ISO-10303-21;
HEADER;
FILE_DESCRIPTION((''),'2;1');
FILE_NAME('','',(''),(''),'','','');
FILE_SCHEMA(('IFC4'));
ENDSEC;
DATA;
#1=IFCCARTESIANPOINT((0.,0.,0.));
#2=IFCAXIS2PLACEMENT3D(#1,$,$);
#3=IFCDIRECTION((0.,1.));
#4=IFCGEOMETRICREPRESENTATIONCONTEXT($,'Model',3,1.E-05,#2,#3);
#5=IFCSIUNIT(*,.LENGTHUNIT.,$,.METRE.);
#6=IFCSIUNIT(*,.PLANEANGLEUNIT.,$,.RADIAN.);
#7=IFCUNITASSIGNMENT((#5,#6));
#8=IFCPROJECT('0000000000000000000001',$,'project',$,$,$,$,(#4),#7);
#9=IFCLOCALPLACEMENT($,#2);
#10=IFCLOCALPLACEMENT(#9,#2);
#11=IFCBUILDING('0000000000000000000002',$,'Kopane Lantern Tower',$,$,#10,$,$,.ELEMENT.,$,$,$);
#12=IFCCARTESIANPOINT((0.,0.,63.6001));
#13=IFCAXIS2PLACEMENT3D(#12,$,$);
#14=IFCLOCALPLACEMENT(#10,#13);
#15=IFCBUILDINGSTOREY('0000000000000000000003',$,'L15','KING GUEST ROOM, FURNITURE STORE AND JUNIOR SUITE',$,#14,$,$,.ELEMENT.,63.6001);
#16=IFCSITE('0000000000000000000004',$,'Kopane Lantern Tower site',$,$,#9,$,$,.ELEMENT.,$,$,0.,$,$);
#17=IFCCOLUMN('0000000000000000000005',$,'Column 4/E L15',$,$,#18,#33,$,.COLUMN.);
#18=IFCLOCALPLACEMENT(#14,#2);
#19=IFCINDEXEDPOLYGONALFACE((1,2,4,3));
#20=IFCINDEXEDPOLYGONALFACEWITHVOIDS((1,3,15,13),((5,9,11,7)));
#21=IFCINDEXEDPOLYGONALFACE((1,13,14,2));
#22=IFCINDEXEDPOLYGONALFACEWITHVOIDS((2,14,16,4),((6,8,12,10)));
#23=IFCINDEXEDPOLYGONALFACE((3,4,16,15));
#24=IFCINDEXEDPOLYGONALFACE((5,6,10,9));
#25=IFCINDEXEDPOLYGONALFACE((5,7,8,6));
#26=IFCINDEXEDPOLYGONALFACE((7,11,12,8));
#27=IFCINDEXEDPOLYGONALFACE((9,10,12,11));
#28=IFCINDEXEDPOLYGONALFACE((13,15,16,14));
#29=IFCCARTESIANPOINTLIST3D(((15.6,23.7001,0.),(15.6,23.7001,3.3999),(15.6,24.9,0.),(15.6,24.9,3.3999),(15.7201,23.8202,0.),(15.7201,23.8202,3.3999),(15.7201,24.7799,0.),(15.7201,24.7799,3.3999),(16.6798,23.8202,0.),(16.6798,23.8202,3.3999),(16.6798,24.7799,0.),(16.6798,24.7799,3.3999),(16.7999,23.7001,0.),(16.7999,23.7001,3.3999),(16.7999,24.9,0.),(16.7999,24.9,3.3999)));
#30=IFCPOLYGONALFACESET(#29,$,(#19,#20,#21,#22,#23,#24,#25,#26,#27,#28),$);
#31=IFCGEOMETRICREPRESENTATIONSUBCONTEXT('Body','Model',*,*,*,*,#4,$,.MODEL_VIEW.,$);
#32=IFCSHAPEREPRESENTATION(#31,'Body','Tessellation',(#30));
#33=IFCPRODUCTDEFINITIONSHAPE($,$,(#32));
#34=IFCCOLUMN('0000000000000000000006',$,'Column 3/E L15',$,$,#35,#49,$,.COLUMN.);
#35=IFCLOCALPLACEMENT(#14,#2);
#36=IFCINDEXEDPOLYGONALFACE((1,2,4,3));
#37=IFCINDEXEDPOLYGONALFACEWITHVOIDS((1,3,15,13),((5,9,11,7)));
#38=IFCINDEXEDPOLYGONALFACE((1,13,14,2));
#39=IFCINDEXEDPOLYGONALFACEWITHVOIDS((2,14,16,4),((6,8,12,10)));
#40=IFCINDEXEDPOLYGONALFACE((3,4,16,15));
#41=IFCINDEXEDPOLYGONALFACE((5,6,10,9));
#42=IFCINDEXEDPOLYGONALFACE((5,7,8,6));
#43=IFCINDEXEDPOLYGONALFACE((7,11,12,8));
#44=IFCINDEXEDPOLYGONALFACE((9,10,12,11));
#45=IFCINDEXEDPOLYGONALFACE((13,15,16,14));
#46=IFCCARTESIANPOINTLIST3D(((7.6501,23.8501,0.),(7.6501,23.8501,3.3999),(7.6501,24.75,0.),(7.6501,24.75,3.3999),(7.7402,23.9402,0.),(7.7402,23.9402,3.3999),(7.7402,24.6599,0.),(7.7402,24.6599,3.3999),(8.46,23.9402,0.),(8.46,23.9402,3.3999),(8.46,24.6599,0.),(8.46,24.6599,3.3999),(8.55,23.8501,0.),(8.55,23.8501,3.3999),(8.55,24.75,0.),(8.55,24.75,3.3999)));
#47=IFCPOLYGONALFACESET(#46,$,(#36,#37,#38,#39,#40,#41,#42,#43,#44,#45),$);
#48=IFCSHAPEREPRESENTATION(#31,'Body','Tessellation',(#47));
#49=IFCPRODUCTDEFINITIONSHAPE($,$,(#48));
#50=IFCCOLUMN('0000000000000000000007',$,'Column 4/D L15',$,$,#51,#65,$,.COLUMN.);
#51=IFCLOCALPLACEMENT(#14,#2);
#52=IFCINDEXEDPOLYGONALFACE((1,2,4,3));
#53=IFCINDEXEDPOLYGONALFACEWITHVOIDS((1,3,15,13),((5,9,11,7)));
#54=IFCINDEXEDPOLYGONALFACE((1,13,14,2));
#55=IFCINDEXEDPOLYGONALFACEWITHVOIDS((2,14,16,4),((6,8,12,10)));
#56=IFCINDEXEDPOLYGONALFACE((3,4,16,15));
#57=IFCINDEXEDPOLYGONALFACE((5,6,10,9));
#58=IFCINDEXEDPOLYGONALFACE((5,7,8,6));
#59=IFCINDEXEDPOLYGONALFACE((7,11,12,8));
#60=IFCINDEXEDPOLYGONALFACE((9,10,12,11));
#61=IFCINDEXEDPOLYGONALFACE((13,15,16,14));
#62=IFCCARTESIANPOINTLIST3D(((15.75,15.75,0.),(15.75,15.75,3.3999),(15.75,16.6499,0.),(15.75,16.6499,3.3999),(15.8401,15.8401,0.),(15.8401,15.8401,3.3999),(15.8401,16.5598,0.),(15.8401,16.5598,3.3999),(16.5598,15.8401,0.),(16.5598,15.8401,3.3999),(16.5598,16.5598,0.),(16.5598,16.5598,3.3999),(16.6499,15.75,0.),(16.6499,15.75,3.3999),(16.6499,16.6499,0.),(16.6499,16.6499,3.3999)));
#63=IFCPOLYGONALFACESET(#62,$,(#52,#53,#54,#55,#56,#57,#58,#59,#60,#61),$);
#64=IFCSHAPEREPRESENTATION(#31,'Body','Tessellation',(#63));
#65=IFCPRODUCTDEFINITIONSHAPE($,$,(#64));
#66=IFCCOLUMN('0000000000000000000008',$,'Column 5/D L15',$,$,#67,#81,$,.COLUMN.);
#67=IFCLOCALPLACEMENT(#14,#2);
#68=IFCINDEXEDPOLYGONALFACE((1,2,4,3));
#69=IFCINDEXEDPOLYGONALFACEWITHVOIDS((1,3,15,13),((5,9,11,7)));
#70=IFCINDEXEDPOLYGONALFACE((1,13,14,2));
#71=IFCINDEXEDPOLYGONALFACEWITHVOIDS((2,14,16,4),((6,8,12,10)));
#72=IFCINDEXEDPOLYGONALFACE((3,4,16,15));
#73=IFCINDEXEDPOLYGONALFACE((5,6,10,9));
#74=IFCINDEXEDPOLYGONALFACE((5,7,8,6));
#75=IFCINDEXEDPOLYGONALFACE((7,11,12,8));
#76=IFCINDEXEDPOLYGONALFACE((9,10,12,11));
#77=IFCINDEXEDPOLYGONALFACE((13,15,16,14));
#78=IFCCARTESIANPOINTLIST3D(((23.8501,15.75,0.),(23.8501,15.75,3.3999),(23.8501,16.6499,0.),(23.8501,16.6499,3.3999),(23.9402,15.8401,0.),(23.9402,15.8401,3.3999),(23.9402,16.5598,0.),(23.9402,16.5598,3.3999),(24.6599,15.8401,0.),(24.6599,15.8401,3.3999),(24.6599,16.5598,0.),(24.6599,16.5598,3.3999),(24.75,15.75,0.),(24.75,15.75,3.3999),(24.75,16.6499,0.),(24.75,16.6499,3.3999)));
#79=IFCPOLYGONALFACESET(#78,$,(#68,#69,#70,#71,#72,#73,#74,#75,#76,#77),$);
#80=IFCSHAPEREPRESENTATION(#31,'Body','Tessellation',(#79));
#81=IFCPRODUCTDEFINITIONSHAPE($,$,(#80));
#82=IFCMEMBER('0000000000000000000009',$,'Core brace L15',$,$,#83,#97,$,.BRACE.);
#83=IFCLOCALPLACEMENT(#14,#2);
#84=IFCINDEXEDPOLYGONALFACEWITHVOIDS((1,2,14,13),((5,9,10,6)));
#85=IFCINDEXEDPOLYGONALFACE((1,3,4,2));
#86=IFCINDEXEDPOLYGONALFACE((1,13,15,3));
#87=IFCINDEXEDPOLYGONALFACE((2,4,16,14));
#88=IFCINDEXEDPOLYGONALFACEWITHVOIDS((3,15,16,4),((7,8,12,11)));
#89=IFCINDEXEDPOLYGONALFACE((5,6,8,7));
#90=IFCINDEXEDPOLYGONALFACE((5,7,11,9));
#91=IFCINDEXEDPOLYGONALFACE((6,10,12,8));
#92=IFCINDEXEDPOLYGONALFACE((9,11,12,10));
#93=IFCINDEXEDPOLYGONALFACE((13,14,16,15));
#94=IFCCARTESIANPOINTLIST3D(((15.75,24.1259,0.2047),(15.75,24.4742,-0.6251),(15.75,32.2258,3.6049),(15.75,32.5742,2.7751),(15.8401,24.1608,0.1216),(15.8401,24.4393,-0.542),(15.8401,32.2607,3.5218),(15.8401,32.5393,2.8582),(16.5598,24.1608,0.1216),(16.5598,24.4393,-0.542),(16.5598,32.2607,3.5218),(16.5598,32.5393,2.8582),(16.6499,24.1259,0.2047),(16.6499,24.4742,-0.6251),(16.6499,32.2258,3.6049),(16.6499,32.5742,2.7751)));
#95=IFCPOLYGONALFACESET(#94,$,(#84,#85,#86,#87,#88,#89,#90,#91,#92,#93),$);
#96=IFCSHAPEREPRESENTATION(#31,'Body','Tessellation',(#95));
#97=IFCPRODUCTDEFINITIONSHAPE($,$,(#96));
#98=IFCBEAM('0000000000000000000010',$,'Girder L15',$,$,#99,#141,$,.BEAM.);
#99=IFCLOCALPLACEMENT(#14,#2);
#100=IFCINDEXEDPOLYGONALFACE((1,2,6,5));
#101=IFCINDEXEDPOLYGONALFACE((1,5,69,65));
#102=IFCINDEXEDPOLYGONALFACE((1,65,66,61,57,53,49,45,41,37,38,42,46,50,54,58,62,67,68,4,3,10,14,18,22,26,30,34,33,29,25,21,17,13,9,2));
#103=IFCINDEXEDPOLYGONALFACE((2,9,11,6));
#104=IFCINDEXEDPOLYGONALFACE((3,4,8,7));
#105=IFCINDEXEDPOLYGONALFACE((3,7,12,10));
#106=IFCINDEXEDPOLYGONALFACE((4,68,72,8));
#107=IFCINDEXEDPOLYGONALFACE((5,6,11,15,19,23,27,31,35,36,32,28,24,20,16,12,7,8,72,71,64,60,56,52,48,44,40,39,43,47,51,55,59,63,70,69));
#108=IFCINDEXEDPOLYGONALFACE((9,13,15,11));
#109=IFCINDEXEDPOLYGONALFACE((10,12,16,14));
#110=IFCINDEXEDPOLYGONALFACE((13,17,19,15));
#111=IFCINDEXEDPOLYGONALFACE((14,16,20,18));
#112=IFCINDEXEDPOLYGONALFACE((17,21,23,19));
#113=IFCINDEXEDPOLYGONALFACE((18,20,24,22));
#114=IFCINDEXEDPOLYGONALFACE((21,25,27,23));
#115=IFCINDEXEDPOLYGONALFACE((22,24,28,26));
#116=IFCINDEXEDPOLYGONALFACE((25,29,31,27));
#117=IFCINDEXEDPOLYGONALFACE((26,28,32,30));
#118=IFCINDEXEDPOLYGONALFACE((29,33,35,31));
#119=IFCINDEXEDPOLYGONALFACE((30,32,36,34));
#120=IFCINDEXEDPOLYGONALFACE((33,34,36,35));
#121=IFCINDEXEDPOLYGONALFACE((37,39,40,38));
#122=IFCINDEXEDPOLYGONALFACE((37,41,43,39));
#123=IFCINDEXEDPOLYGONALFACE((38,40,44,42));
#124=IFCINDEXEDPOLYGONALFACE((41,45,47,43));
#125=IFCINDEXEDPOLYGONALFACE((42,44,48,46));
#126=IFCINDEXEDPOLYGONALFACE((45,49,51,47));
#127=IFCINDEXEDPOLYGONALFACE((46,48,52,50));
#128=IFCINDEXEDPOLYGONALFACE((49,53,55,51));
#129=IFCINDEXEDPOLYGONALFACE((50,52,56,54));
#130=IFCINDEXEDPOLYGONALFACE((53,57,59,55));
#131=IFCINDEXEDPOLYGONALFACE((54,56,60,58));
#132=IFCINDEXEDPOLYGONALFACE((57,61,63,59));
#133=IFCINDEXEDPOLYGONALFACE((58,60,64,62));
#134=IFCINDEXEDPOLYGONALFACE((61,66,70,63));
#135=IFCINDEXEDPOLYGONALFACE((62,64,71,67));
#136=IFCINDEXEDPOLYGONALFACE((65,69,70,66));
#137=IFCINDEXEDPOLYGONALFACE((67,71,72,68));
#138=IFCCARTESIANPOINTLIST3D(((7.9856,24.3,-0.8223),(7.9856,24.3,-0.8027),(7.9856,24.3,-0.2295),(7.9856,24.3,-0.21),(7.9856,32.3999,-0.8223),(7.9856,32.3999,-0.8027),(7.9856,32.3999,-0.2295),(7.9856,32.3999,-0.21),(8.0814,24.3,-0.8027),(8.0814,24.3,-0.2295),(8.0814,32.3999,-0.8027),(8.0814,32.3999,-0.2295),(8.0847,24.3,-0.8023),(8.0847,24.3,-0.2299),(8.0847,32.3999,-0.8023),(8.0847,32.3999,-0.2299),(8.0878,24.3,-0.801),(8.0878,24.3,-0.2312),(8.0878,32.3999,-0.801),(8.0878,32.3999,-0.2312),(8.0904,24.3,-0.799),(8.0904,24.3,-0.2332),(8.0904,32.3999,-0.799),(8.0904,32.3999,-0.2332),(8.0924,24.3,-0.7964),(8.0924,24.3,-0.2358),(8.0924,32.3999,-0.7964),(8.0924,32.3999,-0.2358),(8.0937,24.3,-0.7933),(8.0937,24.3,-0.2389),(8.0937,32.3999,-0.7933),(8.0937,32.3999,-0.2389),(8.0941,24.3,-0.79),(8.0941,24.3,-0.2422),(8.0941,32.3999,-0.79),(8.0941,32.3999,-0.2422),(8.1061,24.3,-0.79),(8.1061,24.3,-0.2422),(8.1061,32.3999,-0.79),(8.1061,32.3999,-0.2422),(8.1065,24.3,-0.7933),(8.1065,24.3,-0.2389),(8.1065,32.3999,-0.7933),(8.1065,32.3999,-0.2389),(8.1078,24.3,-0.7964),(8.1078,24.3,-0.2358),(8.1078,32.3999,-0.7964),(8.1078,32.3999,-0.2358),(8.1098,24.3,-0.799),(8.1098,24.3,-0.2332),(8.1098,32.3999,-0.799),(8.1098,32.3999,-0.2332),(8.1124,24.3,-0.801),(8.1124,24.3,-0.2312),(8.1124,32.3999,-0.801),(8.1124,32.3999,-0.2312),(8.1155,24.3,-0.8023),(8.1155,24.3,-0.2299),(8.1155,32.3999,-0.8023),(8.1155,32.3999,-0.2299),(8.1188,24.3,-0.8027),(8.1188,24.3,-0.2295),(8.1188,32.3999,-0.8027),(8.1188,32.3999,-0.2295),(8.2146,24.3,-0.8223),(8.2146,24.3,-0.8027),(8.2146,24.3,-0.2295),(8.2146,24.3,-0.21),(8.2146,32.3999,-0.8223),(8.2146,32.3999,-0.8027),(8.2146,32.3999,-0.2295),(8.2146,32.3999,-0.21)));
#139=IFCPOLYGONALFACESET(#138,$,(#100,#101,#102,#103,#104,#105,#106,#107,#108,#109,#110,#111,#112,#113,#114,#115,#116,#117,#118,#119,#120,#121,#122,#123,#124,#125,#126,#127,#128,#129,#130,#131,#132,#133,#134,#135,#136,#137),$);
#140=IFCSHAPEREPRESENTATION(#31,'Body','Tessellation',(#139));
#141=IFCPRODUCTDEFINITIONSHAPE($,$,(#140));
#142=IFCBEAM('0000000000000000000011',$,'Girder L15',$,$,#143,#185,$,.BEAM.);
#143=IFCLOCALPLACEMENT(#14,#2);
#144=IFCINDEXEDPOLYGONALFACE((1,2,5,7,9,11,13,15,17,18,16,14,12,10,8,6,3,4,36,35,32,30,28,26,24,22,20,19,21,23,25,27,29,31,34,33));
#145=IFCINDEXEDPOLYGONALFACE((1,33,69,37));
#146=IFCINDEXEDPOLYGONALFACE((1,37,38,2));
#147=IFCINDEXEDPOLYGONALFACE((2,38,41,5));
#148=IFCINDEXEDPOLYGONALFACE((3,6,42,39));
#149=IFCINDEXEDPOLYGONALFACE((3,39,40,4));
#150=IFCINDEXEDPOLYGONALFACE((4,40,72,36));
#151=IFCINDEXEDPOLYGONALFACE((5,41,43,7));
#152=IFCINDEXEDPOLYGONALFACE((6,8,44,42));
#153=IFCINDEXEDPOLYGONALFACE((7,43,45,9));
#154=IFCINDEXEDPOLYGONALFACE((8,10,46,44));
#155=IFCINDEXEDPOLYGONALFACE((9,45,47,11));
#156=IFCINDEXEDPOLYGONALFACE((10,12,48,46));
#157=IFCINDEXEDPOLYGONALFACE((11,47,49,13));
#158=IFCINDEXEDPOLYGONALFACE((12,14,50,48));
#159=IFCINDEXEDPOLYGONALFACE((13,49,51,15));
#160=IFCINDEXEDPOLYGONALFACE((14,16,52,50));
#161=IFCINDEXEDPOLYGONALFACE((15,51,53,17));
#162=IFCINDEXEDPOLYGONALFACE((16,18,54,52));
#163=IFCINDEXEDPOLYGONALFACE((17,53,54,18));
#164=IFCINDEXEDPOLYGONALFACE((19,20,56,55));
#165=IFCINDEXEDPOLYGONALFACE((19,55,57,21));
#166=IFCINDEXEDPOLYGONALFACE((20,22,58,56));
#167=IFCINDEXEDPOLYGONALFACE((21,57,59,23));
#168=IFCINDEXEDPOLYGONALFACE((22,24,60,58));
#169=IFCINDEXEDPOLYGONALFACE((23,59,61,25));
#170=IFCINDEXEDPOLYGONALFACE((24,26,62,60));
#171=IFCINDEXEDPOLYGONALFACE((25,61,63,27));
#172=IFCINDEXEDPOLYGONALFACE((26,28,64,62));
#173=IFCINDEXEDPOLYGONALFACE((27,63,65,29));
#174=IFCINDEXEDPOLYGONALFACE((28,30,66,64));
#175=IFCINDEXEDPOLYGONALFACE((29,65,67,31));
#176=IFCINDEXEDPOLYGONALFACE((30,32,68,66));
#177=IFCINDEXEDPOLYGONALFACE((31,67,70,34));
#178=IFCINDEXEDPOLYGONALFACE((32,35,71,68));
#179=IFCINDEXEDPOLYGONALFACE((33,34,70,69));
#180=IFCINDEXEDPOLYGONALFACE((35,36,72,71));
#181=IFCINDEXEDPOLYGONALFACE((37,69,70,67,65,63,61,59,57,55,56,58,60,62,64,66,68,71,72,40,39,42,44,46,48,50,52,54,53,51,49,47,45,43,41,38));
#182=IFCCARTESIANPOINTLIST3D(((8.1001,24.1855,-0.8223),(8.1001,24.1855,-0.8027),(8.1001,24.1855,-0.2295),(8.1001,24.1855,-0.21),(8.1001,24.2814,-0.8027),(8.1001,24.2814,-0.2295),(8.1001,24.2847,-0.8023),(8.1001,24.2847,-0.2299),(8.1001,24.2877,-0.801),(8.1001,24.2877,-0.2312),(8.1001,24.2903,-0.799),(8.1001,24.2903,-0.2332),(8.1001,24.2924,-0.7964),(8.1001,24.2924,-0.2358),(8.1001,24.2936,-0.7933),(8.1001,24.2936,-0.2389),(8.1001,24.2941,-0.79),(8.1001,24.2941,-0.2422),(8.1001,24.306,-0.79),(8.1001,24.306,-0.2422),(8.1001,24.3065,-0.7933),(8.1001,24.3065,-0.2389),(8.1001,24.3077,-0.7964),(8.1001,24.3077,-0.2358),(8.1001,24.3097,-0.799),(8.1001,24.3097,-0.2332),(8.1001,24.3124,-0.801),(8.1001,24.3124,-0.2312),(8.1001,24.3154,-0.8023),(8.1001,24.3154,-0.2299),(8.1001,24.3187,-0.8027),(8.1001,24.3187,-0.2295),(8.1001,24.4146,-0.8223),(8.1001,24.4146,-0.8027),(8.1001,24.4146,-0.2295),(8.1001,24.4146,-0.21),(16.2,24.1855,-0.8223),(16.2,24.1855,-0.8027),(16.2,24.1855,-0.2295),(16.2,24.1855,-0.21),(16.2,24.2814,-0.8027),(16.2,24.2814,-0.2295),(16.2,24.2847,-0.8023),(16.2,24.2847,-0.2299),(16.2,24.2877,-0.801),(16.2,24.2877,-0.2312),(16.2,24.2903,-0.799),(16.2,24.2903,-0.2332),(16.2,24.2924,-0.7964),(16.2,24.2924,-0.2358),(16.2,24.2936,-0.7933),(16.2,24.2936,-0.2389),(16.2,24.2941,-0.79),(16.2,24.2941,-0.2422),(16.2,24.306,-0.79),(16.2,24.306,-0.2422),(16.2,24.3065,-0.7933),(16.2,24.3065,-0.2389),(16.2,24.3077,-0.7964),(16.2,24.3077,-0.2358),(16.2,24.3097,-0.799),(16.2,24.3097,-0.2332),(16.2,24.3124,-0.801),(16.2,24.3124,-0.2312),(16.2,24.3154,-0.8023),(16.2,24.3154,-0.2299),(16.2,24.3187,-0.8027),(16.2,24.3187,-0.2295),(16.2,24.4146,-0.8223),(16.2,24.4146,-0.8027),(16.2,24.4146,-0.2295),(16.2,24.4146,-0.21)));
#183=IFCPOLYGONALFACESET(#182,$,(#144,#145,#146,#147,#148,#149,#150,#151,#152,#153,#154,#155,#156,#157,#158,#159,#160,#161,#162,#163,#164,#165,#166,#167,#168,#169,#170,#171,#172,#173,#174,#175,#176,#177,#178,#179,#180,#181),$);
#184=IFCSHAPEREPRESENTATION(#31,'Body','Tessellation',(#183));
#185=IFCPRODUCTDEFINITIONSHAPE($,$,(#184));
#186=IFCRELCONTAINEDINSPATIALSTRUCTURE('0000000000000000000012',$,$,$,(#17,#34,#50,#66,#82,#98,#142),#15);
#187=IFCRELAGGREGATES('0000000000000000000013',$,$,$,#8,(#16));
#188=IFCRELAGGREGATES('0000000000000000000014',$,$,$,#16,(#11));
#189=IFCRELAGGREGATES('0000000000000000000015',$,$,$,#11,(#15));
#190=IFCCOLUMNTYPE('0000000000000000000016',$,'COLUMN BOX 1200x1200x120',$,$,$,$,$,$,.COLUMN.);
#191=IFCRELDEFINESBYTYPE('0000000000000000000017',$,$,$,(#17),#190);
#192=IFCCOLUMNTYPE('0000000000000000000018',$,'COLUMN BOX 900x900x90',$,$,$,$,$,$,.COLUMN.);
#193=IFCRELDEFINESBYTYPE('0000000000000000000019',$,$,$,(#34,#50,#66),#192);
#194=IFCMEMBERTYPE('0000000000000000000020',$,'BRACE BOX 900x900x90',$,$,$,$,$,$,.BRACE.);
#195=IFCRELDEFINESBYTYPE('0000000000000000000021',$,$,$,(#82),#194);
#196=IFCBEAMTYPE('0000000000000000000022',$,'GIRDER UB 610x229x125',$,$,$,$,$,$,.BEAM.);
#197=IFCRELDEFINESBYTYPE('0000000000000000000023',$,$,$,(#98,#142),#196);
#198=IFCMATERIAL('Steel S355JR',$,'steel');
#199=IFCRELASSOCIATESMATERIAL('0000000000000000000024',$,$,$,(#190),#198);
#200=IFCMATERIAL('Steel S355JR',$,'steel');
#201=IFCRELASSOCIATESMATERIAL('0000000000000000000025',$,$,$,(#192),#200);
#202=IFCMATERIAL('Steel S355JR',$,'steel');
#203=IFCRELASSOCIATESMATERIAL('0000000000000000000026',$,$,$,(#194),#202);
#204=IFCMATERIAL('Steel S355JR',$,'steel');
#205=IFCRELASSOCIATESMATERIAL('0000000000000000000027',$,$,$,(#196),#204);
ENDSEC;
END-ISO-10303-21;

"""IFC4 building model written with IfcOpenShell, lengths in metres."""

from ifc_helpers import new_model, si_unit, direction, frame, origin, origin_2d, place, context, subcontext, project, spatial, hollow_rectangle, i_section, extrude, material, material_profile, profile_set, type_object, element, save


model = new_model("IFC4")

# Units and contexts
model_context = context("Model", 3, precision=1e-05, world=origin(), true_north=direction((0.0, 1.0)))
body_context = subcontext(model_context, "Body", "Model", "MODEL_VIEW")
ifc_project = project(units=[si_unit("LENGTHUNIT", "METRE"), si_unit("PLANEANGLEUNIT", "RADIAN")], contexts=[model_context])

# Site, building, storey
site_placement = place(None, origin())
site = spatial("IfcSite", under=ifc_project, at=site_placement, Name="Kopane Lantern Tower site", CompositionType="ELEMENT", RefElevation=0.0)
building_placement = place(site_placement, origin())
building = spatial("IfcBuilding", under=site, at=building_placement, Name="Kopane Lantern Tower", CompositionType="ELEMENT")
storey_placement = place(building_placement, frame((0.0, 0.0, 63.6001)))
storey = spatial("IfcBuildingStorey", under=building, at=storey_placement, Name="L15", Description="KING GUEST ROOM, FURNITURE STORE AND JUNIOR SUITE", CompositionType="ELEMENT", Elevation=63.6001)

# Columns
ifc_material_1 = material(Name="Steel S355JR", Category="steel")
ifc_material_profile_1 = material_profile(ifc_material_1, hollow_rectangle(XDim=1.2, YDim=1.2, WallThickness=0.1201, at=origin_2d()), Name="BOX 1200x1200x120")
ifc_profile_set_1 = profile_set([ifc_material_profile_1], Name="Steel S355JR")
column_type_1 = type_object("IfcColumnType", Name="COLUMN BOX 1200x1200x120", PredefinedType="COLUMN", material=ifc_profile_set_1)
column_placement = place(storey_placement, frame((16.2, 24.3, 0.0), z_axis=(0.0, 0.0, 1.0), x_axis=(1.0, 0.0, 0.0)))
element("IfcColumn", 1, at=column_placement, inside=storey, type_object=column_type_1, Name="Column 4/E L15", PredefinedType="COLUMN", context=body_context, shape_type="SweptSolid", body=[
    extrude(hollow_rectangle(XDim=1.2, YDim=1.2, WallThickness=0.1201, at=origin_2d()), origin(), (0.0, 0.0, 1.0), 3.3999),
])
ifc_material_2 = material(Name="Steel S355JR", Category="steel")
ifc_material_profile_2 = material_profile(ifc_material_2, hollow_rectangle(XDim=0.8999, YDim=0.8999, WallThickness=0.0901, at=origin_2d()), Name="BOX 900x900x90")
ifc_profile_set_2 = profile_set([ifc_material_profile_2], Name="Steel S355JR")
column_type_2 = type_object("IfcColumnType", Name="COLUMN BOX 900x900x90", PredefinedType="COLUMN", material=ifc_profile_set_2)
for number, where, z_axis, x_axis, name in (
    (2, (8.1001, 24.3, 0.0), (0.0, 0.0, 1.0), (1.0, 0.0, 0.0), "Column 3/E L15"),
    (3, (16.2, 16.2, 0.0), (0.0, 0.0, 1.0), (1.0, 0.0, 0.0), "Column 4/D L15"),
    (4, (24.3, 16.2, 0.0), (0.0, 0.0, 1.0), (1.0, 0.0, 0.0), "Column 5/D L15"),
):
    element("IfcColumn", number, at=place(storey_placement, frame(where, z_axis=z_axis, x_axis=x_axis)), inside=storey, type_object=column_type_2, Name=name, PredefinedType="COLUMN", context=body_context, shape_type="SweptSolid", body=[
        extrude(hollow_rectangle(XDim=0.8999, YDim=0.8999, WallThickness=0.0901, at=origin_2d()), origin(), (0.0, 0.0, 1.0), 3.3999),
    ])

# Member
ifc_material_3 = material(Name="Steel S355JR", Category="steel")
ifc_material_profile_3 = material_profile(ifc_material_3, hollow_rectangle(XDim=0.8999, YDim=0.8999, WallThickness=0.0901, at=origin_2d()), Name="BOX 900x900x90")
ifc_profile_set_3 = profile_set([ifc_material_profile_3], Name="Steel S355JR")
member_type = type_object("IfcMemberType", Name="BRACE BOX 900x900x90", PredefinedType="BRACE", material=ifc_profile_set_3)
member_placement = place(storey_placement, frame((16.2, 24.3, -0.2102), z_axis=(0.0, 0.922055, 0.387059), x_axis=(-1.0, 0.0, 0.0)))
element("IfcMember", 5, at=member_placement, inside=storey, type_object=member_type, Name="Core brace L15", PredefinedType="BRACE", context=body_context, shape_type="SweptSolid", body=[
    extrude(hollow_rectangle(XDim=0.8999, YDim=0.8999, WallThickness=0.0901, at=origin_2d()), origin(), (0.0, 0.0, 1.0), 8.7847),
])

# Beams
ifc_material_4 = material(Name="Steel S355JR", Category="steel")
ifc_material_profile_4 = material_profile(ifc_material_4, i_section(OverallWidth=0.229, OverallDepth=0.6123, WebThickness=0.012, FlangeThickness=0.0195, FilletRadius=0.0127, at=origin_2d()), Name="UB 610x229x125")
ifc_profile_set_4 = profile_set([ifc_material_profile_4], Name="Steel S355JR")
beam_type = type_object("IfcBeamType", Name="GIRDER UB 610x229x125", PredefinedType="BEAM", material=ifc_profile_set_4)
for number, where, z_axis, x_axis, name in (
    (6, (8.1001, 24.3, -0.5161), (0.0, 1.0, 0.0), (-1.0, 0.0, 0.0), "Girder L15"),
    (7, (8.1001, 24.3, -0.5161), (1.0, 0.0, 0.0), (0.0, 1.0, 0.0), "Girder L15"),
):
    element("IfcBeam", number, at=place(storey_placement, frame(where, z_axis=z_axis, x_axis=x_axis)), inside=storey, type_object=beam_type, Name=name, PredefinedType="BEAM", context=body_context, shape_type="SweptSolid", body=[
        extrude(i_section(OverallWidth=0.229, OverallDepth=0.6123, WebThickness=0.012, FlangeThickness=0.0195, FilletRadius=0.0127, at=origin_2d()), origin(), (0.0, 0.0, 1.0), 8.0999),
    ])

save(model, "model.ifc")
